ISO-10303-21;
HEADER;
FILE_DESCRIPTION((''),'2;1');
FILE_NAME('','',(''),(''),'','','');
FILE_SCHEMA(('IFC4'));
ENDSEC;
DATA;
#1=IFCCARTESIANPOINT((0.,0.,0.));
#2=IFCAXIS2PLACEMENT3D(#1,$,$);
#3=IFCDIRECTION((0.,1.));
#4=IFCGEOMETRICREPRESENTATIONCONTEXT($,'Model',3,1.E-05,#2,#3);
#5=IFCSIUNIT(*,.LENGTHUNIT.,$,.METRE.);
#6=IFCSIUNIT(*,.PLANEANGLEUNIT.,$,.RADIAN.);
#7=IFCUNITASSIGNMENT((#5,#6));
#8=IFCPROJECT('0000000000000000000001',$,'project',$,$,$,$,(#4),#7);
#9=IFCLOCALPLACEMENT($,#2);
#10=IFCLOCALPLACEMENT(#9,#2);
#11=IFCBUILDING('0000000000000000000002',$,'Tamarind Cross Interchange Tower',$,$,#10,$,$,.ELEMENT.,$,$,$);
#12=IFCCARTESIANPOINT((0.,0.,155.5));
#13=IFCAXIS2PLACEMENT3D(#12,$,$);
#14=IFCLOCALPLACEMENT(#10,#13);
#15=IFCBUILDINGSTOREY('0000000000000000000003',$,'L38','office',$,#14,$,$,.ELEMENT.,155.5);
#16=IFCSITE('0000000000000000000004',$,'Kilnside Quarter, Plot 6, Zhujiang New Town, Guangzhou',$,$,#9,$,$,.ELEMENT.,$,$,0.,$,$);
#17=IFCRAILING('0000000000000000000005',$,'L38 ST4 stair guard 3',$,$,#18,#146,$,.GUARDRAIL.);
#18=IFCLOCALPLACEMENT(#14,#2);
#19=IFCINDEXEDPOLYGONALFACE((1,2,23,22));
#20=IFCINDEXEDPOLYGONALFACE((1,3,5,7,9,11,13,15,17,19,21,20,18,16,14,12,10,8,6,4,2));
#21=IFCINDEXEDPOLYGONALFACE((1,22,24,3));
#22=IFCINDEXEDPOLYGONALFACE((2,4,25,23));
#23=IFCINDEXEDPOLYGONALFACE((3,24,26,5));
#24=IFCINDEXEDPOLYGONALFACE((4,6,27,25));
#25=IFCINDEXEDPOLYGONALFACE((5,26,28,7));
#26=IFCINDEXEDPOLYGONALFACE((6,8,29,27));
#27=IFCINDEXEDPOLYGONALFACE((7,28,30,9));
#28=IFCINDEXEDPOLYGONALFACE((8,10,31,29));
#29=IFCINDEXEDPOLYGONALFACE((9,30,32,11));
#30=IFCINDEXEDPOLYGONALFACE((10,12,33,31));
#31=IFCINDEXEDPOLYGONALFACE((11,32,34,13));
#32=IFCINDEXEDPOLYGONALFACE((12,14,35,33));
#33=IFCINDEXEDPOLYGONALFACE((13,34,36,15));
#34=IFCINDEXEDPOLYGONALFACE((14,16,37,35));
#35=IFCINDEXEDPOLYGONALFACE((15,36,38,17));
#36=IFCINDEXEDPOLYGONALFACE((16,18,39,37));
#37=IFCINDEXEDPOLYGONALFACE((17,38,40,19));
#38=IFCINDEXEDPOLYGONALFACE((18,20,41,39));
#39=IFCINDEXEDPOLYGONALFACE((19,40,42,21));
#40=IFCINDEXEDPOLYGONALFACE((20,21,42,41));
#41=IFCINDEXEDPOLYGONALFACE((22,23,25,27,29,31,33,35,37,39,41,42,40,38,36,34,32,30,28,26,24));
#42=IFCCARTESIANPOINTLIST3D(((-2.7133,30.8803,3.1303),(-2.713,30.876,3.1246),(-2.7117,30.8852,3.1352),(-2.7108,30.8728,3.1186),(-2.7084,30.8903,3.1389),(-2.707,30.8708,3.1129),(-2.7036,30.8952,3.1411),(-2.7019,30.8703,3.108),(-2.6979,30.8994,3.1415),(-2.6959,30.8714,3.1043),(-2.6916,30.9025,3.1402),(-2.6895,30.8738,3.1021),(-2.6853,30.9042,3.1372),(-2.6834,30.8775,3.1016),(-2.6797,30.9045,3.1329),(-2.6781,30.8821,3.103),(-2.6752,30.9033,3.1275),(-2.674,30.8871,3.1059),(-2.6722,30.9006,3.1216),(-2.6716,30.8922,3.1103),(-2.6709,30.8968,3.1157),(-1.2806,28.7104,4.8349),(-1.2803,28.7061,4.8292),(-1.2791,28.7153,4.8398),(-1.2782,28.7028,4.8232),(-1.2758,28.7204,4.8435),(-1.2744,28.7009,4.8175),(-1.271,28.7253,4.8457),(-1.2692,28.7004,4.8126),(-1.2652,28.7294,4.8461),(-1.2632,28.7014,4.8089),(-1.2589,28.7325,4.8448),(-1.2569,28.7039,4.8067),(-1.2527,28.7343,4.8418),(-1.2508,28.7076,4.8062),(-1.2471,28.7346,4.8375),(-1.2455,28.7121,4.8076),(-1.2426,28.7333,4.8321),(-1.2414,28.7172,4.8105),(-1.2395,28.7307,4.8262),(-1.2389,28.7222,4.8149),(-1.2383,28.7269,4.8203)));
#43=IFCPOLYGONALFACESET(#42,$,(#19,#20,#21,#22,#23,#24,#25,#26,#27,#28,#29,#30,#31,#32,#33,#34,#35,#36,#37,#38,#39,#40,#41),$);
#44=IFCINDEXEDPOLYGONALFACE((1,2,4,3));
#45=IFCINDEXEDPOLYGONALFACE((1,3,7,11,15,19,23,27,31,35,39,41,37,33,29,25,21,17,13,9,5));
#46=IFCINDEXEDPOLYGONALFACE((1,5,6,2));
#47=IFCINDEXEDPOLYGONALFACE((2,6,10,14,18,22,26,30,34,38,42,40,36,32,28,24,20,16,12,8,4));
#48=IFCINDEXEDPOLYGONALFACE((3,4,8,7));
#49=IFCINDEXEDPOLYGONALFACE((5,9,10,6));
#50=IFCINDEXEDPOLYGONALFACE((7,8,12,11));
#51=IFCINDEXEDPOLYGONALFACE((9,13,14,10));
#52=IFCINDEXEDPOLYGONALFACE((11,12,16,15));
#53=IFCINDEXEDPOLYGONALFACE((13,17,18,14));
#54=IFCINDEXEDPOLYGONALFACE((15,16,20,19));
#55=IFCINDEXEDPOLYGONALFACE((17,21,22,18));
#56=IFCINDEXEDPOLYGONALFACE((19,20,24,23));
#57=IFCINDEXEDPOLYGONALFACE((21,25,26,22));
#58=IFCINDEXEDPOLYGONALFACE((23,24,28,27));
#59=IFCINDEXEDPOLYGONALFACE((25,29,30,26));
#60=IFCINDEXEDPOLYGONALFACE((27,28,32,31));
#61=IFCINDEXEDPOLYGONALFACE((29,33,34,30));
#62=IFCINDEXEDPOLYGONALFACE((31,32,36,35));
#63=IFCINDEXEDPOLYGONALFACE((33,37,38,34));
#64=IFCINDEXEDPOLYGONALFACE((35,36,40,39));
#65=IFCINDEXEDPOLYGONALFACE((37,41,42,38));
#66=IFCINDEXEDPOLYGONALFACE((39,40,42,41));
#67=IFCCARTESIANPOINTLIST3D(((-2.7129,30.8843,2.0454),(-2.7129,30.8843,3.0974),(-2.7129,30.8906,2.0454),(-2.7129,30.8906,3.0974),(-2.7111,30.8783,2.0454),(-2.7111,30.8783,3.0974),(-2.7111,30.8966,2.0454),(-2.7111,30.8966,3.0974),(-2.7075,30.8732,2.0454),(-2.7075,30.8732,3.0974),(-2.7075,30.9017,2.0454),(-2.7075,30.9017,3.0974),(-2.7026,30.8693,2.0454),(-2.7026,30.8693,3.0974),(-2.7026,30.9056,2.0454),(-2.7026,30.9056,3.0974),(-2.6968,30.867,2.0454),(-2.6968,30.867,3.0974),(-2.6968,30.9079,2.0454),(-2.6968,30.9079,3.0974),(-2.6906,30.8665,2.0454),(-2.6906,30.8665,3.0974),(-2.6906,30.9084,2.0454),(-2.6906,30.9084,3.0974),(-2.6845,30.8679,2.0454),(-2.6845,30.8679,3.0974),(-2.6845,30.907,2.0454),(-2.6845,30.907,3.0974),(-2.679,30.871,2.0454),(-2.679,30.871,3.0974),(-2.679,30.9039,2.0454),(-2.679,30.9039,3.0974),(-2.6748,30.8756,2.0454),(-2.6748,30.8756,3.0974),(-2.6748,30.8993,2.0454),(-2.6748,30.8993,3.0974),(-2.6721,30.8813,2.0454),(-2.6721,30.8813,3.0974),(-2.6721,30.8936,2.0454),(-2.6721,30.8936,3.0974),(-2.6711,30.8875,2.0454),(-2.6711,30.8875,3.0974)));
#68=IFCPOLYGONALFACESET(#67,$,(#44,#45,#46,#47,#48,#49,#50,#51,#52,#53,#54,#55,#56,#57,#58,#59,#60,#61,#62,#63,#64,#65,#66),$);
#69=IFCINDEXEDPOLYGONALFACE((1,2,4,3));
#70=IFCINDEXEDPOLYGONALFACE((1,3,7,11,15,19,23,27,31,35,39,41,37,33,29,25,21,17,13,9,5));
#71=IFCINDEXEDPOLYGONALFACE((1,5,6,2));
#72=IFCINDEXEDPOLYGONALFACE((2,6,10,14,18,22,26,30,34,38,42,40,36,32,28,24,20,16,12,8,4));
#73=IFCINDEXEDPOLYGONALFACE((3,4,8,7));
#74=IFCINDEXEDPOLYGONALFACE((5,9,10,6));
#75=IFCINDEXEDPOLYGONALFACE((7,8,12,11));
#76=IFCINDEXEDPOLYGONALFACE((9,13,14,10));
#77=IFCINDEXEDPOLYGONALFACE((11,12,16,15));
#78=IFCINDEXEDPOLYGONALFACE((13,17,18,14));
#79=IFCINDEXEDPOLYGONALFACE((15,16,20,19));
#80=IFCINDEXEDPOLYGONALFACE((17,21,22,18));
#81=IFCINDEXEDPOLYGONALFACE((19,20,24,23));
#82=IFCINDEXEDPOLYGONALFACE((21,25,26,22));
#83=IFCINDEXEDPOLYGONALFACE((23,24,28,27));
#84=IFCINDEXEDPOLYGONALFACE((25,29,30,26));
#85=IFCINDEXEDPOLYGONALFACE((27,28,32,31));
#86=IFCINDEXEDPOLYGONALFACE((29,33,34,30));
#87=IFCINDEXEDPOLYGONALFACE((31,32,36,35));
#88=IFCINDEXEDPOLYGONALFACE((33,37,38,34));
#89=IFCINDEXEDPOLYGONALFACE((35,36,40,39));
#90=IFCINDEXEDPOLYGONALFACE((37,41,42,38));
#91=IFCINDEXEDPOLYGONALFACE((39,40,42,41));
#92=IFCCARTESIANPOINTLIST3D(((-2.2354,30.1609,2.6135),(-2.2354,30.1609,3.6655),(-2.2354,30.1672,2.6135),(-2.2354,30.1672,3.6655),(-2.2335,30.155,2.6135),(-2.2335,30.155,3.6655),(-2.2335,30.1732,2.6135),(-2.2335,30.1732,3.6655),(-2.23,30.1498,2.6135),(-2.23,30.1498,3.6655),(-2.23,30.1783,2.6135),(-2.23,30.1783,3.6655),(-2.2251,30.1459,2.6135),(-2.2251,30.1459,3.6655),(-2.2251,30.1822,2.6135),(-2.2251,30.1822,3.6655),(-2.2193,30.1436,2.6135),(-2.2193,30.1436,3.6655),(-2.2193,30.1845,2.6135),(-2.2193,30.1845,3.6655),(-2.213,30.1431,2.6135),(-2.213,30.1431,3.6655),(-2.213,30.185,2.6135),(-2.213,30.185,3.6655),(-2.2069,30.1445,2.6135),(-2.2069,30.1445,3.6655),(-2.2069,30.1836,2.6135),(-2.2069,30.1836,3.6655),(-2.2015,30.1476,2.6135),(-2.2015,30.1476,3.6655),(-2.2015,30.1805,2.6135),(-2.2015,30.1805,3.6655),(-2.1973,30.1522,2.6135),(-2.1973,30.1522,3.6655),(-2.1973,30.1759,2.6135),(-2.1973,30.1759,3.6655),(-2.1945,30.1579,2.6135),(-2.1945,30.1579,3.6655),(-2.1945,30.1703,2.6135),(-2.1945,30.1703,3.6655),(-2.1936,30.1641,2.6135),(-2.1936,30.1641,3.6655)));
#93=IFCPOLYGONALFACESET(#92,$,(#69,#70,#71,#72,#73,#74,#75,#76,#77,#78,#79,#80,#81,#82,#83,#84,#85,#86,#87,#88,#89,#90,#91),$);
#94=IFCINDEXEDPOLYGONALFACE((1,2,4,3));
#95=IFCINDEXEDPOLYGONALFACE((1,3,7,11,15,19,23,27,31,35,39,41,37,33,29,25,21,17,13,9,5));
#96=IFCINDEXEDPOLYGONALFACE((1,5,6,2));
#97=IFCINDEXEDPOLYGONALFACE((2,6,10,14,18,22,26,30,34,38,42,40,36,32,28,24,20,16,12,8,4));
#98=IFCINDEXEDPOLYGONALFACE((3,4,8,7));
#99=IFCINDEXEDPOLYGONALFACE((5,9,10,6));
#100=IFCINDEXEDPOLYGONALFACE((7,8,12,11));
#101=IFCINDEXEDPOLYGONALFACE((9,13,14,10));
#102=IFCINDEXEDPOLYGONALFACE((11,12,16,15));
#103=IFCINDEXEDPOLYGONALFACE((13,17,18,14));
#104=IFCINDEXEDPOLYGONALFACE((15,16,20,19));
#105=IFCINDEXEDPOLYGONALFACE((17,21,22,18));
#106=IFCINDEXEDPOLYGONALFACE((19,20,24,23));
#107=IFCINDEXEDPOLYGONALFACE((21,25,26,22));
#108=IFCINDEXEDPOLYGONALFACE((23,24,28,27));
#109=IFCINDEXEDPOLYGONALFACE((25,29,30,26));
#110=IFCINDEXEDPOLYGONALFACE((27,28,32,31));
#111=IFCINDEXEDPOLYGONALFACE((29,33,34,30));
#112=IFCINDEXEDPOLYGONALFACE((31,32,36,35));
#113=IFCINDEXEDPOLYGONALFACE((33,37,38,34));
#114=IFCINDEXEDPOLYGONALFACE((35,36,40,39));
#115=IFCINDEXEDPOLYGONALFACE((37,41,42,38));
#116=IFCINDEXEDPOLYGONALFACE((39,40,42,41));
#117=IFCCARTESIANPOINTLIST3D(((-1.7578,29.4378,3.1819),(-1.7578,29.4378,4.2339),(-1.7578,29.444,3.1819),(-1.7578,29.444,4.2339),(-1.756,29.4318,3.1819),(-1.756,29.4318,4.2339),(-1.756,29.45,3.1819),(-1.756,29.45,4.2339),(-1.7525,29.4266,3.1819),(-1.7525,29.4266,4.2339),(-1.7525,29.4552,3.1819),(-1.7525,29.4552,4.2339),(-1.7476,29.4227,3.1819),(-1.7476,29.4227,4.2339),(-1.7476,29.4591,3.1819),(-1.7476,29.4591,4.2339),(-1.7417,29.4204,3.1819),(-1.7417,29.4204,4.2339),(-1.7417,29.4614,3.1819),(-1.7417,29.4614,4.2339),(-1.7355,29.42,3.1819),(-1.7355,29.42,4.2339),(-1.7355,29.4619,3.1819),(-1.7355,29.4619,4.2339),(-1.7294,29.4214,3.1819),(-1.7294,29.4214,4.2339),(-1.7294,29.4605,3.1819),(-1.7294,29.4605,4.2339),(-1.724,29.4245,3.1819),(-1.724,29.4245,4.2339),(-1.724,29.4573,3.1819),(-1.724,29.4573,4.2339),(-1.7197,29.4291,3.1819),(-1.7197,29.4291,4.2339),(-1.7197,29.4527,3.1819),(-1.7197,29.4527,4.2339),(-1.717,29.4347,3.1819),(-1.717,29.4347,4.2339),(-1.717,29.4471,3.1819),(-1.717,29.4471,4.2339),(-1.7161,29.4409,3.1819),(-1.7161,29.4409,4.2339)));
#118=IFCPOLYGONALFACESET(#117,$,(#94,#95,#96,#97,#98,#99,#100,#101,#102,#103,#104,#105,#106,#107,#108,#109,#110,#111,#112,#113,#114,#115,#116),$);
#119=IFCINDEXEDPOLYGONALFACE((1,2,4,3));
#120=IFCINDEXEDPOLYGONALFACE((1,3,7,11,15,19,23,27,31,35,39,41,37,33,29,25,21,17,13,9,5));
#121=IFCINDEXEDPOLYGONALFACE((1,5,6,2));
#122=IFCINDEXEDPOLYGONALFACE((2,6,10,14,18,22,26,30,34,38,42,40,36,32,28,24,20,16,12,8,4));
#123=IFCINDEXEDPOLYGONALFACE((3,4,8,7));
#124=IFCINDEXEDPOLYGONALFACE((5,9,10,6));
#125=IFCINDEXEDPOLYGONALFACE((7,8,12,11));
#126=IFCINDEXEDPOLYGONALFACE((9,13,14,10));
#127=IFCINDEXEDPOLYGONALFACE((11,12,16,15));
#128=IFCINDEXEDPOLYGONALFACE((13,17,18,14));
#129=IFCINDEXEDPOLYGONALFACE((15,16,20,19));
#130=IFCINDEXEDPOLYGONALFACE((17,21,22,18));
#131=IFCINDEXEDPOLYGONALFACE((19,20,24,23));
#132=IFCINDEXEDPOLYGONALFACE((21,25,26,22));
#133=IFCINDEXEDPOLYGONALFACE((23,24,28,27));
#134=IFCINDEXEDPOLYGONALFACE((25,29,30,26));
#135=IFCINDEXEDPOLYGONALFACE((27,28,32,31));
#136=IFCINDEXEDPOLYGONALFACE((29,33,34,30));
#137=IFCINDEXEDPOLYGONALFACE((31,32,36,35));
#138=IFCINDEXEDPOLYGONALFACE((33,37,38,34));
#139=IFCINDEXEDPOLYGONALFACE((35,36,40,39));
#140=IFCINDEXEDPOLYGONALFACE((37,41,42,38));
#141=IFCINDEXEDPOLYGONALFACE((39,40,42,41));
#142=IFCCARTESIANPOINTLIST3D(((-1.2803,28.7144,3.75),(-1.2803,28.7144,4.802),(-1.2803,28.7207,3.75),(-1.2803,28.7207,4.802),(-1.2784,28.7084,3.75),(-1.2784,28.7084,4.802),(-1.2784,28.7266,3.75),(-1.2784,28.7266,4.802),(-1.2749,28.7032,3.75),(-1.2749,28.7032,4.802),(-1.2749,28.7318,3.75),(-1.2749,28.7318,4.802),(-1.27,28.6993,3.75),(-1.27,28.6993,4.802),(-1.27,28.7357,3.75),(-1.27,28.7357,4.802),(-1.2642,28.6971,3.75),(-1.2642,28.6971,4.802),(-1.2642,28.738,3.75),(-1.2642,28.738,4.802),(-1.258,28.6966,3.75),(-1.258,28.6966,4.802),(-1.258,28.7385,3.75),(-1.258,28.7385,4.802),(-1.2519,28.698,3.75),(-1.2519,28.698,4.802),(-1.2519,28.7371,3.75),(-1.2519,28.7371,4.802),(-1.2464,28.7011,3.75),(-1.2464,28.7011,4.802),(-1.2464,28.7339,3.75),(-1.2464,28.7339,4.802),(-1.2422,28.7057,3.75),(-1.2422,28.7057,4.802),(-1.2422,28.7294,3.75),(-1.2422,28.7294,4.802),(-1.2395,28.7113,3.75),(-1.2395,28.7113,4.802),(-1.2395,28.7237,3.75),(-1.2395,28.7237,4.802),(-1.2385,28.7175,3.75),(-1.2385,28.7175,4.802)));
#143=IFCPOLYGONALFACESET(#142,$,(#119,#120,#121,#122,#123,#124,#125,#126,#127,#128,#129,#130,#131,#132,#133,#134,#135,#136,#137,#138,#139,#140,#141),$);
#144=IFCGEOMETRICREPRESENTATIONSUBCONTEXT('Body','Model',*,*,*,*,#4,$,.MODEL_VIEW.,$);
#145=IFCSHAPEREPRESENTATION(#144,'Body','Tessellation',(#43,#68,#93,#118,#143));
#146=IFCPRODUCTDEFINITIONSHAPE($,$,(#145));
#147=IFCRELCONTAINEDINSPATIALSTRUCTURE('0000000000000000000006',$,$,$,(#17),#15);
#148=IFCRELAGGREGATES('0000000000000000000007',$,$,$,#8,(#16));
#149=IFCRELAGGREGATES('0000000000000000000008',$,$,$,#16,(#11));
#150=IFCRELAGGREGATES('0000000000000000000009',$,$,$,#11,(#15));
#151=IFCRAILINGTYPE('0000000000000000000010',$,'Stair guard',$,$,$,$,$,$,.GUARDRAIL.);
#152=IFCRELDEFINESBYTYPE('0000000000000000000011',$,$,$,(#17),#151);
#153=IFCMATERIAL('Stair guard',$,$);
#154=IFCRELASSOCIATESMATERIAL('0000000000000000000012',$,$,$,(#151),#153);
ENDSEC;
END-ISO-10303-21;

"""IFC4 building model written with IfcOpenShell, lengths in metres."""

from ifc_helpers import new_model, si_unit, direction, frame, origin, origin_2d, place, context, subcontext, project, spatial, circle, extrude, material, type_object, element, save


model = new_model("IFC4")

# Units and contexts
model_context = context("Model", 3, precision=1e-05, world=origin(), true_north=direction((0.0, 1.0)))
body_context = subcontext(model_context, "Body", "Model", "MODEL_VIEW")
ifc_project = project(units=[si_unit("LENGTHUNIT", "METRE"), si_unit("PLANEANGLEUNIT", "RADIAN")], contexts=[model_context])

# Site, building, storey
site_placement = place(None, origin())
site = spatial("IfcSite", under=ifc_project, at=site_placement, Name="Kilnside Quarter, Plot 6, Zhujiang New Town, Guangzhou", CompositionType="ELEMENT", RefElevation=0.0)
building_placement = place(site_placement, origin())
building = spatial("IfcBuilding", under=site, at=building_placement, Name="Tamarind Cross Interchange Tower", CompositionType="ELEMENT")
storey_placement = place(building_placement, frame((0.0, 0.0, 155.5)))
storey = spatial("IfcBuildingStorey", under=building, at=storey_placement, Name="L38", Description="office", CompositionType="ELEMENT", Elevation=155.5)

# Railing
ifc_material_1 = material(Name="Stair guard")
railing_type_1 = type_object("IfcRailingType", Name="Stair guard", PredefinedType="GUARDRAIL", material=ifc_material_1)
railing_1_placement = place(storey_placement, frame((-2.6921, 30.8875, 2.0454)))
element("IfcRailing", 1, at=railing_1_placement, inside=storey, type_object=railing_type_1, Name="L38 ST4 stair guard 3", PredefinedType="GUARDRAIL", context=body_context, shape_type="SweptSolid", body=[
    extrude(circle(Radius=0.0239, at=origin_2d()), frame((0.0, 0.0, 1.0762), z_axis=(0.46078, -0.697923, 0.548256), x_axis=(0.834527, 0.550968, 0.0)), (0.0, 0.0, 1.0), 3.1091),
    extrude(circle(Radius=0.021, at=origin_2d()), origin(), (0.0, 0.0, 1.0), 1.052),
    extrude(circle(Radius=0.021, at=origin_2d()), frame((0.4775, -0.7234, 0.5681)), (0.0, 0.0, 1.0), 1.052),
    extrude(circle(Radius=0.021, at=origin_2d()), frame((0.9551, -1.4465, 1.1365)), (0.0, 0.0, 1.0), 1.052),
    extrude(circle(Radius=0.021, at=origin_2d()), frame((1.4326, -2.1699, 1.7046)), (0.0, 0.0, 1.0), 1.052),
])

save(model, "model.ifc")
